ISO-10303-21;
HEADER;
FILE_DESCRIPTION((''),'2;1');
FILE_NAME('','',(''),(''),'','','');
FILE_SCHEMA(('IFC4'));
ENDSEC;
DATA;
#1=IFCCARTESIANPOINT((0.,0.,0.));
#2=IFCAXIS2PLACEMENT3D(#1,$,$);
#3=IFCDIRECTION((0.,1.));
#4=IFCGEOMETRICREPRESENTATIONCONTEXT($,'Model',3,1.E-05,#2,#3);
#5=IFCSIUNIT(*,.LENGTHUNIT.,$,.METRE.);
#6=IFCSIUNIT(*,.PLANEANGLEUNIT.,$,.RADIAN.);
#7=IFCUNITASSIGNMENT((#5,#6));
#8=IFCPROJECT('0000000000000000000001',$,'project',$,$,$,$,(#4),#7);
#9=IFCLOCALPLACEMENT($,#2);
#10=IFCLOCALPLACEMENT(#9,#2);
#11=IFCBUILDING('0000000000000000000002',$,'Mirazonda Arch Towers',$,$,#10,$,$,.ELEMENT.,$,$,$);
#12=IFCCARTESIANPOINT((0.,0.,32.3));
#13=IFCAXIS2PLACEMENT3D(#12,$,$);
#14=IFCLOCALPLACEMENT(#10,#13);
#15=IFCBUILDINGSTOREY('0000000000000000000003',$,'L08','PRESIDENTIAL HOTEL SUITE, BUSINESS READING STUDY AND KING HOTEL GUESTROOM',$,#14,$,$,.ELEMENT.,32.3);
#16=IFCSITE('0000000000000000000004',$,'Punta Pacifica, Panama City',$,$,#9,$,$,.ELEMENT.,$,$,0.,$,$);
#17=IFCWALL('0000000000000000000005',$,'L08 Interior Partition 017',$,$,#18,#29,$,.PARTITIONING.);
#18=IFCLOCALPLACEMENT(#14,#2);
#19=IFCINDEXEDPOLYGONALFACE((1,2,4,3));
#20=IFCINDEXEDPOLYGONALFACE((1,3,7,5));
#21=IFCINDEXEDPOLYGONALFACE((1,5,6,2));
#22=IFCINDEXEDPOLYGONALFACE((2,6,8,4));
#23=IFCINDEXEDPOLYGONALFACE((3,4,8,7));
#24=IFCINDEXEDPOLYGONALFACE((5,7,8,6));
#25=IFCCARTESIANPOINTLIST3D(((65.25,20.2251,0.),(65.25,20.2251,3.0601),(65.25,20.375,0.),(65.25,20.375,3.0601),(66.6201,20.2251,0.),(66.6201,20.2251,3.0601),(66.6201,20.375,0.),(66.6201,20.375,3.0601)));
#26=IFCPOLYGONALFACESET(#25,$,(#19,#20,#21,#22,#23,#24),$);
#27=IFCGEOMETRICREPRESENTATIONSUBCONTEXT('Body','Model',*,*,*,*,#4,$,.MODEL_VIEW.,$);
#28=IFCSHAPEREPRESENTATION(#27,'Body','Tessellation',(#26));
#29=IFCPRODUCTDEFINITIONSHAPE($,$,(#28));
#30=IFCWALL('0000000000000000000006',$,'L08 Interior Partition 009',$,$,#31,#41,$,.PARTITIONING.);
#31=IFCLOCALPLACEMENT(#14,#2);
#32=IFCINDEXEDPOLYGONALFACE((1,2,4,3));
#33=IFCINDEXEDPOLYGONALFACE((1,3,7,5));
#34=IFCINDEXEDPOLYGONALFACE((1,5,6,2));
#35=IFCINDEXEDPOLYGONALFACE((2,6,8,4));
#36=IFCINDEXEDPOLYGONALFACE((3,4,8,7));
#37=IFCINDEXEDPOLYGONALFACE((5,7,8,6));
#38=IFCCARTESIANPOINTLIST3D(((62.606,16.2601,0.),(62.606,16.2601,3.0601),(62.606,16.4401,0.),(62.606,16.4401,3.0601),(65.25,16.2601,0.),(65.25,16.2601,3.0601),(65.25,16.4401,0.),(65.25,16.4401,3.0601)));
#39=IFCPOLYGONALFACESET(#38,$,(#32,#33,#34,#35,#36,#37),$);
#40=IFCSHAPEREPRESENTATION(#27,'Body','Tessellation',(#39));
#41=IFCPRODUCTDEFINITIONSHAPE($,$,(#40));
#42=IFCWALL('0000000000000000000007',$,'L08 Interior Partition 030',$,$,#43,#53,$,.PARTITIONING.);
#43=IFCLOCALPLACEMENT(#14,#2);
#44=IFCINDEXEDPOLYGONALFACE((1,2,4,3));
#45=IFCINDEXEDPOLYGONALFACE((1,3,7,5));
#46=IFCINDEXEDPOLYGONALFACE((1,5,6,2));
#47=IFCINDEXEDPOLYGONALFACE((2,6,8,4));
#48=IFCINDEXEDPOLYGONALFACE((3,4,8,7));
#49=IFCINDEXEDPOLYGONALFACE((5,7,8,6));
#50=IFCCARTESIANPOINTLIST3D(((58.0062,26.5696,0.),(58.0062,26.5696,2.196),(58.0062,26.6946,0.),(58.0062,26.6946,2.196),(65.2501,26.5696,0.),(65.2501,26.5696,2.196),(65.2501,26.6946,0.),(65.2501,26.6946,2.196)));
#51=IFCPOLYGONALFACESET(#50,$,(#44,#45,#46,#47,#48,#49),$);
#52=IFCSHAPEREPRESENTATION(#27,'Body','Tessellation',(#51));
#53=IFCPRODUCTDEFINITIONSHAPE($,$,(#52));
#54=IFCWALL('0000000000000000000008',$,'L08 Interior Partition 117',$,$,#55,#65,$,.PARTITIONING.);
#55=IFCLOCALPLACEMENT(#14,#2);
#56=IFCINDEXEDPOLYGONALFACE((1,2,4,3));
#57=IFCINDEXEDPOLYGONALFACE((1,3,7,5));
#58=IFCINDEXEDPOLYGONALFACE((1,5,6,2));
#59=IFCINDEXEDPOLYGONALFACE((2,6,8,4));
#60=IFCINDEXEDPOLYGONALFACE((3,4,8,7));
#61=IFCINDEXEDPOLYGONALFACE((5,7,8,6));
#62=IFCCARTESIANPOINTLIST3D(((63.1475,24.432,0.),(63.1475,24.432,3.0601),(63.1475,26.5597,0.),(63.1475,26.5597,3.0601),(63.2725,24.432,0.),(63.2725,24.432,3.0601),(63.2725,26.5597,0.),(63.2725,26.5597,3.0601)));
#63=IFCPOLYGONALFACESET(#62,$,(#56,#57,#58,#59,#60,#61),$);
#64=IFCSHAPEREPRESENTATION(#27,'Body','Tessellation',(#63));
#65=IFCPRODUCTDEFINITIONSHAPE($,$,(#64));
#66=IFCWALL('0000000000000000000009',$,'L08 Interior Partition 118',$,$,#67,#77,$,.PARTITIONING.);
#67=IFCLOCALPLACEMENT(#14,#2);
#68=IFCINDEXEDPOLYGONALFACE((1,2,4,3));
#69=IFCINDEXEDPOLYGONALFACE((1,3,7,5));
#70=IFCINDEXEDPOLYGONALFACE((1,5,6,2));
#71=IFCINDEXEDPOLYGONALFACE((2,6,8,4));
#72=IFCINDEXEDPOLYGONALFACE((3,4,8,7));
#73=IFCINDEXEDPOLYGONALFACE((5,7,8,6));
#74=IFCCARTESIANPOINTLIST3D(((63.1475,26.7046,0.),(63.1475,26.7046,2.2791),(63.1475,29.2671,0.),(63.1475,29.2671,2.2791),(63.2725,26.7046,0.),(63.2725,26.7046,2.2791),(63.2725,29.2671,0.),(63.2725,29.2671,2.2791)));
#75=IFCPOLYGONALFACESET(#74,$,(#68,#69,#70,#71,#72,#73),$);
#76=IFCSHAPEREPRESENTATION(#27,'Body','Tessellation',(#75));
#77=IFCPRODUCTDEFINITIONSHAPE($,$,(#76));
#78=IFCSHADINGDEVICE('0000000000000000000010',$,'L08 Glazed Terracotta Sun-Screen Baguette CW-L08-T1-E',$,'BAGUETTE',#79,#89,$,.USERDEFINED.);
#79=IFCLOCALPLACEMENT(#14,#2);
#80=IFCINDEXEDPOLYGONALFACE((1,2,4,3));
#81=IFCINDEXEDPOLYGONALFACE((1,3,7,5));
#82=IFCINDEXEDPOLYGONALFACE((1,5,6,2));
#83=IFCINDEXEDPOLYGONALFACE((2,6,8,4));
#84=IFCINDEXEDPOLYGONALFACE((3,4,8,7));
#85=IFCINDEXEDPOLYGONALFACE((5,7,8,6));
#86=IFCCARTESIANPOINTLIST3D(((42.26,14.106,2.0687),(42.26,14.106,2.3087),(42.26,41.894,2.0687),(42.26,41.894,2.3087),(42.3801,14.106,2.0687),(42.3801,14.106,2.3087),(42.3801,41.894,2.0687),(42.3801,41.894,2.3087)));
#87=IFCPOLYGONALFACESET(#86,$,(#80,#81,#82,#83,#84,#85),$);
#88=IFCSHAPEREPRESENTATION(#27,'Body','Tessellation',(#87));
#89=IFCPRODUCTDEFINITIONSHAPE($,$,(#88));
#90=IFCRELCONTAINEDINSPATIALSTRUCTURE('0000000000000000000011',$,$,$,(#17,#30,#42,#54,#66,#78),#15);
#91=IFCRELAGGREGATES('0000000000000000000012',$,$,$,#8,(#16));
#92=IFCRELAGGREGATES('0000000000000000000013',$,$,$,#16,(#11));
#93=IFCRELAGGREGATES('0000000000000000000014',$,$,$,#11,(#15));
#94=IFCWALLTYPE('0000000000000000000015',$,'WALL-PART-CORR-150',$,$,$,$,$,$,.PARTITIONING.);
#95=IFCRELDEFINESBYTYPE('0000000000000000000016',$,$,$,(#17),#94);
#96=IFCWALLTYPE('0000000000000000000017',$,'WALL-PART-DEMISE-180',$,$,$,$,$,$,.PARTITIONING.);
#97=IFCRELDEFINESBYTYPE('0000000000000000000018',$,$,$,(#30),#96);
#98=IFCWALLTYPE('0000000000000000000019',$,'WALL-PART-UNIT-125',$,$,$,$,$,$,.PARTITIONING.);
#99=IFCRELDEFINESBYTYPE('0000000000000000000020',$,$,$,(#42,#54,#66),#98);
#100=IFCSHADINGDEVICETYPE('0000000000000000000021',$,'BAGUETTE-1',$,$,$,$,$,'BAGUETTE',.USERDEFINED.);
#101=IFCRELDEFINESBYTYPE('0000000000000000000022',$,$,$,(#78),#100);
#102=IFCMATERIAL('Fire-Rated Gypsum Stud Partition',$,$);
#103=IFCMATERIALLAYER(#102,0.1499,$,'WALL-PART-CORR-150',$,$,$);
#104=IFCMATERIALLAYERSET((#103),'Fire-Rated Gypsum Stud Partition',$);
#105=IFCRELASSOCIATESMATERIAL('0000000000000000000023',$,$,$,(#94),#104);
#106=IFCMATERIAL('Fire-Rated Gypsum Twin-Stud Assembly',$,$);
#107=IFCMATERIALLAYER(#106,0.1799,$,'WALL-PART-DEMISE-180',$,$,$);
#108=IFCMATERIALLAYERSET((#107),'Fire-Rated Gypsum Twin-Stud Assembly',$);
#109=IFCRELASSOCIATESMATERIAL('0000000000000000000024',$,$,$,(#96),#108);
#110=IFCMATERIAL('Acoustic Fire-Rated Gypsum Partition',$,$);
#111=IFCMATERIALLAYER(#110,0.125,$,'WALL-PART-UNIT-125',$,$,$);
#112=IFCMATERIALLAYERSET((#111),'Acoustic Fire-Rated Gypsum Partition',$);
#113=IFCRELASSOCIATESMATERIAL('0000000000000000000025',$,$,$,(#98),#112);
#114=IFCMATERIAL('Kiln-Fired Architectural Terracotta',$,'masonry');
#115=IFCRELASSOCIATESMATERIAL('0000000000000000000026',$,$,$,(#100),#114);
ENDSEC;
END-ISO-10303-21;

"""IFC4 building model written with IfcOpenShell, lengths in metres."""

from ifc_helpers import new_model, si_unit, direction, frame, frame_2d, origin, origin_2d, place, context, subcontext, project, spatial, rectangle, extrude, material, layer, layer_set, material_profile, profile_set, type_object, element, save


model = new_model("IFC4")

# Units and contexts
model_context = context("Model", 3, precision=1e-05, world=origin(), true_north=direction((0.0, 1.0)))
body_context = subcontext(model_context, "Body", "Model", "MODEL_VIEW")
ifc_project = project(units=[si_unit("LENGTHUNIT", "METRE"), si_unit("PLANEANGLEUNIT", "RADIAN")], contexts=[model_context])

# Site, building, storey
site_placement = place(None, origin())
site = spatial("IfcSite", under=ifc_project, at=site_placement, Name="Punta Pacifica, Panama City", CompositionType="ELEMENT", RefElevation=0.0)
building_placement = place(site_placement, origin())
building = spatial("IfcBuilding", under=site, at=building_placement, Name="Mirazonda Arch Towers", CompositionType="ELEMENT")
storey_placement = place(building_placement, frame((0.0, 0.0, 32.3)))
storey = spatial("IfcBuildingStorey", under=building, at=storey_placement, Name="L08", Description="PRESIDENTIAL HOTEL SUITE, BUSINESS READING STUDY AND KING HOTEL GUESTROOM", CompositionType="ELEMENT", Elevation=32.3)

# Walls
ifc_material_1 = material(Name="Fire-Rated Gypsum Stud Partition")
ifc_layer_1 = layer(ifc_material_1, 0.1499, Name="WALL-PART-CORR-150")
ifc_layer_set_1 = layer_set([ifc_layer_1], Name="Fire-Rated Gypsum Stud Partition")
wall_type_1 = type_object("IfcWallType", Name="WALL-PART-CORR-150", PredefinedType="PARTITIONING", material=ifc_layer_set_1)
wall_1_placement = place(storey_placement, frame((65.25, 20.3, 0.0), z_axis=(0.0, 0.0, 1.0), x_axis=(1.0, 0.0, 0.0)))
element("IfcWall", 1, at=wall_1_placement, inside=storey, type_object=wall_type_1, Name="L08 Interior Partition 017", PredefinedType="PARTITIONING", context=body_context, shape_type="SweptSolid", body=[
    extrude(rectangle(XDim=1.3701, YDim=0.1499, at=frame_2d((0.6851, 0.0))), origin(), (0.0, 0.0, 1.0), 3.0601),
])
ifc_material_2 = material(Name="Fire-Rated Gypsum Twin-Stud Assembly")
ifc_layer_2 = layer(ifc_material_2, 0.1799, Name="WALL-PART-DEMISE-180")
ifc_layer_set_2 = layer_set([ifc_layer_2], Name="Fire-Rated Gypsum Twin-Stud Assembly")
wall_type_2 = type_object("IfcWallType", Name="WALL-PART-DEMISE-180", PredefinedType="PARTITIONING", material=ifc_layer_set_2)
wall_2_placement = place(storey_placement, frame((62.606, 16.3501, 0.0), z_axis=(0.0, 0.0, 1.0), x_axis=(1.0, 0.0, 0.0)))
element("IfcWall", 2, at=wall_2_placement, inside=storey, type_object=wall_type_2, Name="L08 Interior Partition 009", PredefinedType="PARTITIONING", context=body_context, shape_type="SweptSolid", body=[
    extrude(rectangle(XDim=2.644, YDim=0.1799, at=frame_2d((1.322, 0.0))), origin(), (0.0, 0.0, 1.0), 3.0601),
])

# Walls
ifc_material_3 = material(Name="Acoustic Fire-Rated Gypsum Partition")
ifc_layer_3 = layer(ifc_material_3, 0.125, Name="WALL-PART-UNIT-125")
ifc_layer_set_3 = layer_set([ifc_layer_3], Name="Acoustic Fire-Rated Gypsum Partition")
wall_type_3 = type_object("IfcWallType", Name="WALL-PART-UNIT-125", PredefinedType="PARTITIONING", material=ifc_layer_set_3)
wall_3_placement = place(storey_placement, frame((58.0061, 26.6321, 0.0), z_axis=(0.0, 0.0, 1.0), x_axis=(1.0, 0.0, 0.0)))
element("IfcWall", 3, at=wall_3_placement, inside=storey, type_object=wall_type_3, Name="L08 Interior Partition 030", PredefinedType="PARTITIONING", context=body_context, shape_type="SweptSolid", body=[
    extrude(rectangle(XDim=7.2439, YDim=0.125, at=frame_2d((3.6221, 0.0))), origin(), (0.0, 0.0, 1.0), 2.196),
])
wall_4_placement = place(storey_placement, frame((63.21, 24.4319, 0.0), z_axis=(0.0, 0.0, 1.0), x_axis=(0.0, 1.0, 0.0)))
element("IfcWall", 4, at=wall_4_placement, inside=storey, type_object=wall_type_3, Name="L08 Interior Partition 117", PredefinedType="PARTITIONING", context=body_context, shape_type="SweptSolid", body=[
    extrude(rectangle(XDim=2.1277, YDim=0.125, at=frame_2d((1.064, 0.0))), origin(), (0.0, 0.0, 1.0), 3.0601),
])
wall_5_placement = place(storey_placement, frame((63.21, 26.7046, 0.0), z_axis=(0.0, 0.0, 1.0), x_axis=(0.0, 1.0, 0.0)))
element("IfcWall", 5, at=wall_5_placement, inside=storey, type_object=wall_type_3, Name="L08 Interior Partition 118", PredefinedType="PARTITIONING", context=body_context, shape_type="SweptSolid", body=[
    extrude(rectangle(XDim=2.5625, YDim=0.125, at=frame_2d((1.2812, 0.0))), origin(), (0.0, 0.0, 1.0), 2.2791),
])

# Shading device
ifc_material_4 = material(Name="Kiln-Fired Architectural Terracotta", Category="masonry")
ifc_material_profile_1 = material_profile(ifc_material_4, rectangle(XDim=0.1201, YDim=0.24, at=origin_2d()), Name="TERRA-BAG-120x240")
ifc_profile_set_1 = profile_set([ifc_material_profile_1], Name="Kiln-Fired Architectural Terracotta")
shading_device_type = type_object("IfcShadingDeviceType", Name="BAGUETTE-1", ElementType="BAGUETTE", PredefinedType="USERDEFINED", material=ifc_profile_set_1)
shading_device_placement = place(storey_placement, frame((42.3201, 14.106, 2.1887), z_axis=(0.0, 1.0, 0.0), x_axis=(-1.0, 0.0, 0.0)))
element("IfcShadingDevice", 6, at=shading_device_placement, inside=storey, type_object=shading_device_type, Name="L08 Glazed Terracotta Sun-Screen Baguette CW-L08-T1-E", ObjectType="BAGUETTE", PredefinedType="USERDEFINED", context=body_context, shape_type="SweptSolid", body=[
    extrude(rectangle(XDim=0.1201, YDim=0.24, at=origin_2d()), origin(), (0.0, 0.0, 1.0), 27.7881),
])

save(model, "model.ifc")
